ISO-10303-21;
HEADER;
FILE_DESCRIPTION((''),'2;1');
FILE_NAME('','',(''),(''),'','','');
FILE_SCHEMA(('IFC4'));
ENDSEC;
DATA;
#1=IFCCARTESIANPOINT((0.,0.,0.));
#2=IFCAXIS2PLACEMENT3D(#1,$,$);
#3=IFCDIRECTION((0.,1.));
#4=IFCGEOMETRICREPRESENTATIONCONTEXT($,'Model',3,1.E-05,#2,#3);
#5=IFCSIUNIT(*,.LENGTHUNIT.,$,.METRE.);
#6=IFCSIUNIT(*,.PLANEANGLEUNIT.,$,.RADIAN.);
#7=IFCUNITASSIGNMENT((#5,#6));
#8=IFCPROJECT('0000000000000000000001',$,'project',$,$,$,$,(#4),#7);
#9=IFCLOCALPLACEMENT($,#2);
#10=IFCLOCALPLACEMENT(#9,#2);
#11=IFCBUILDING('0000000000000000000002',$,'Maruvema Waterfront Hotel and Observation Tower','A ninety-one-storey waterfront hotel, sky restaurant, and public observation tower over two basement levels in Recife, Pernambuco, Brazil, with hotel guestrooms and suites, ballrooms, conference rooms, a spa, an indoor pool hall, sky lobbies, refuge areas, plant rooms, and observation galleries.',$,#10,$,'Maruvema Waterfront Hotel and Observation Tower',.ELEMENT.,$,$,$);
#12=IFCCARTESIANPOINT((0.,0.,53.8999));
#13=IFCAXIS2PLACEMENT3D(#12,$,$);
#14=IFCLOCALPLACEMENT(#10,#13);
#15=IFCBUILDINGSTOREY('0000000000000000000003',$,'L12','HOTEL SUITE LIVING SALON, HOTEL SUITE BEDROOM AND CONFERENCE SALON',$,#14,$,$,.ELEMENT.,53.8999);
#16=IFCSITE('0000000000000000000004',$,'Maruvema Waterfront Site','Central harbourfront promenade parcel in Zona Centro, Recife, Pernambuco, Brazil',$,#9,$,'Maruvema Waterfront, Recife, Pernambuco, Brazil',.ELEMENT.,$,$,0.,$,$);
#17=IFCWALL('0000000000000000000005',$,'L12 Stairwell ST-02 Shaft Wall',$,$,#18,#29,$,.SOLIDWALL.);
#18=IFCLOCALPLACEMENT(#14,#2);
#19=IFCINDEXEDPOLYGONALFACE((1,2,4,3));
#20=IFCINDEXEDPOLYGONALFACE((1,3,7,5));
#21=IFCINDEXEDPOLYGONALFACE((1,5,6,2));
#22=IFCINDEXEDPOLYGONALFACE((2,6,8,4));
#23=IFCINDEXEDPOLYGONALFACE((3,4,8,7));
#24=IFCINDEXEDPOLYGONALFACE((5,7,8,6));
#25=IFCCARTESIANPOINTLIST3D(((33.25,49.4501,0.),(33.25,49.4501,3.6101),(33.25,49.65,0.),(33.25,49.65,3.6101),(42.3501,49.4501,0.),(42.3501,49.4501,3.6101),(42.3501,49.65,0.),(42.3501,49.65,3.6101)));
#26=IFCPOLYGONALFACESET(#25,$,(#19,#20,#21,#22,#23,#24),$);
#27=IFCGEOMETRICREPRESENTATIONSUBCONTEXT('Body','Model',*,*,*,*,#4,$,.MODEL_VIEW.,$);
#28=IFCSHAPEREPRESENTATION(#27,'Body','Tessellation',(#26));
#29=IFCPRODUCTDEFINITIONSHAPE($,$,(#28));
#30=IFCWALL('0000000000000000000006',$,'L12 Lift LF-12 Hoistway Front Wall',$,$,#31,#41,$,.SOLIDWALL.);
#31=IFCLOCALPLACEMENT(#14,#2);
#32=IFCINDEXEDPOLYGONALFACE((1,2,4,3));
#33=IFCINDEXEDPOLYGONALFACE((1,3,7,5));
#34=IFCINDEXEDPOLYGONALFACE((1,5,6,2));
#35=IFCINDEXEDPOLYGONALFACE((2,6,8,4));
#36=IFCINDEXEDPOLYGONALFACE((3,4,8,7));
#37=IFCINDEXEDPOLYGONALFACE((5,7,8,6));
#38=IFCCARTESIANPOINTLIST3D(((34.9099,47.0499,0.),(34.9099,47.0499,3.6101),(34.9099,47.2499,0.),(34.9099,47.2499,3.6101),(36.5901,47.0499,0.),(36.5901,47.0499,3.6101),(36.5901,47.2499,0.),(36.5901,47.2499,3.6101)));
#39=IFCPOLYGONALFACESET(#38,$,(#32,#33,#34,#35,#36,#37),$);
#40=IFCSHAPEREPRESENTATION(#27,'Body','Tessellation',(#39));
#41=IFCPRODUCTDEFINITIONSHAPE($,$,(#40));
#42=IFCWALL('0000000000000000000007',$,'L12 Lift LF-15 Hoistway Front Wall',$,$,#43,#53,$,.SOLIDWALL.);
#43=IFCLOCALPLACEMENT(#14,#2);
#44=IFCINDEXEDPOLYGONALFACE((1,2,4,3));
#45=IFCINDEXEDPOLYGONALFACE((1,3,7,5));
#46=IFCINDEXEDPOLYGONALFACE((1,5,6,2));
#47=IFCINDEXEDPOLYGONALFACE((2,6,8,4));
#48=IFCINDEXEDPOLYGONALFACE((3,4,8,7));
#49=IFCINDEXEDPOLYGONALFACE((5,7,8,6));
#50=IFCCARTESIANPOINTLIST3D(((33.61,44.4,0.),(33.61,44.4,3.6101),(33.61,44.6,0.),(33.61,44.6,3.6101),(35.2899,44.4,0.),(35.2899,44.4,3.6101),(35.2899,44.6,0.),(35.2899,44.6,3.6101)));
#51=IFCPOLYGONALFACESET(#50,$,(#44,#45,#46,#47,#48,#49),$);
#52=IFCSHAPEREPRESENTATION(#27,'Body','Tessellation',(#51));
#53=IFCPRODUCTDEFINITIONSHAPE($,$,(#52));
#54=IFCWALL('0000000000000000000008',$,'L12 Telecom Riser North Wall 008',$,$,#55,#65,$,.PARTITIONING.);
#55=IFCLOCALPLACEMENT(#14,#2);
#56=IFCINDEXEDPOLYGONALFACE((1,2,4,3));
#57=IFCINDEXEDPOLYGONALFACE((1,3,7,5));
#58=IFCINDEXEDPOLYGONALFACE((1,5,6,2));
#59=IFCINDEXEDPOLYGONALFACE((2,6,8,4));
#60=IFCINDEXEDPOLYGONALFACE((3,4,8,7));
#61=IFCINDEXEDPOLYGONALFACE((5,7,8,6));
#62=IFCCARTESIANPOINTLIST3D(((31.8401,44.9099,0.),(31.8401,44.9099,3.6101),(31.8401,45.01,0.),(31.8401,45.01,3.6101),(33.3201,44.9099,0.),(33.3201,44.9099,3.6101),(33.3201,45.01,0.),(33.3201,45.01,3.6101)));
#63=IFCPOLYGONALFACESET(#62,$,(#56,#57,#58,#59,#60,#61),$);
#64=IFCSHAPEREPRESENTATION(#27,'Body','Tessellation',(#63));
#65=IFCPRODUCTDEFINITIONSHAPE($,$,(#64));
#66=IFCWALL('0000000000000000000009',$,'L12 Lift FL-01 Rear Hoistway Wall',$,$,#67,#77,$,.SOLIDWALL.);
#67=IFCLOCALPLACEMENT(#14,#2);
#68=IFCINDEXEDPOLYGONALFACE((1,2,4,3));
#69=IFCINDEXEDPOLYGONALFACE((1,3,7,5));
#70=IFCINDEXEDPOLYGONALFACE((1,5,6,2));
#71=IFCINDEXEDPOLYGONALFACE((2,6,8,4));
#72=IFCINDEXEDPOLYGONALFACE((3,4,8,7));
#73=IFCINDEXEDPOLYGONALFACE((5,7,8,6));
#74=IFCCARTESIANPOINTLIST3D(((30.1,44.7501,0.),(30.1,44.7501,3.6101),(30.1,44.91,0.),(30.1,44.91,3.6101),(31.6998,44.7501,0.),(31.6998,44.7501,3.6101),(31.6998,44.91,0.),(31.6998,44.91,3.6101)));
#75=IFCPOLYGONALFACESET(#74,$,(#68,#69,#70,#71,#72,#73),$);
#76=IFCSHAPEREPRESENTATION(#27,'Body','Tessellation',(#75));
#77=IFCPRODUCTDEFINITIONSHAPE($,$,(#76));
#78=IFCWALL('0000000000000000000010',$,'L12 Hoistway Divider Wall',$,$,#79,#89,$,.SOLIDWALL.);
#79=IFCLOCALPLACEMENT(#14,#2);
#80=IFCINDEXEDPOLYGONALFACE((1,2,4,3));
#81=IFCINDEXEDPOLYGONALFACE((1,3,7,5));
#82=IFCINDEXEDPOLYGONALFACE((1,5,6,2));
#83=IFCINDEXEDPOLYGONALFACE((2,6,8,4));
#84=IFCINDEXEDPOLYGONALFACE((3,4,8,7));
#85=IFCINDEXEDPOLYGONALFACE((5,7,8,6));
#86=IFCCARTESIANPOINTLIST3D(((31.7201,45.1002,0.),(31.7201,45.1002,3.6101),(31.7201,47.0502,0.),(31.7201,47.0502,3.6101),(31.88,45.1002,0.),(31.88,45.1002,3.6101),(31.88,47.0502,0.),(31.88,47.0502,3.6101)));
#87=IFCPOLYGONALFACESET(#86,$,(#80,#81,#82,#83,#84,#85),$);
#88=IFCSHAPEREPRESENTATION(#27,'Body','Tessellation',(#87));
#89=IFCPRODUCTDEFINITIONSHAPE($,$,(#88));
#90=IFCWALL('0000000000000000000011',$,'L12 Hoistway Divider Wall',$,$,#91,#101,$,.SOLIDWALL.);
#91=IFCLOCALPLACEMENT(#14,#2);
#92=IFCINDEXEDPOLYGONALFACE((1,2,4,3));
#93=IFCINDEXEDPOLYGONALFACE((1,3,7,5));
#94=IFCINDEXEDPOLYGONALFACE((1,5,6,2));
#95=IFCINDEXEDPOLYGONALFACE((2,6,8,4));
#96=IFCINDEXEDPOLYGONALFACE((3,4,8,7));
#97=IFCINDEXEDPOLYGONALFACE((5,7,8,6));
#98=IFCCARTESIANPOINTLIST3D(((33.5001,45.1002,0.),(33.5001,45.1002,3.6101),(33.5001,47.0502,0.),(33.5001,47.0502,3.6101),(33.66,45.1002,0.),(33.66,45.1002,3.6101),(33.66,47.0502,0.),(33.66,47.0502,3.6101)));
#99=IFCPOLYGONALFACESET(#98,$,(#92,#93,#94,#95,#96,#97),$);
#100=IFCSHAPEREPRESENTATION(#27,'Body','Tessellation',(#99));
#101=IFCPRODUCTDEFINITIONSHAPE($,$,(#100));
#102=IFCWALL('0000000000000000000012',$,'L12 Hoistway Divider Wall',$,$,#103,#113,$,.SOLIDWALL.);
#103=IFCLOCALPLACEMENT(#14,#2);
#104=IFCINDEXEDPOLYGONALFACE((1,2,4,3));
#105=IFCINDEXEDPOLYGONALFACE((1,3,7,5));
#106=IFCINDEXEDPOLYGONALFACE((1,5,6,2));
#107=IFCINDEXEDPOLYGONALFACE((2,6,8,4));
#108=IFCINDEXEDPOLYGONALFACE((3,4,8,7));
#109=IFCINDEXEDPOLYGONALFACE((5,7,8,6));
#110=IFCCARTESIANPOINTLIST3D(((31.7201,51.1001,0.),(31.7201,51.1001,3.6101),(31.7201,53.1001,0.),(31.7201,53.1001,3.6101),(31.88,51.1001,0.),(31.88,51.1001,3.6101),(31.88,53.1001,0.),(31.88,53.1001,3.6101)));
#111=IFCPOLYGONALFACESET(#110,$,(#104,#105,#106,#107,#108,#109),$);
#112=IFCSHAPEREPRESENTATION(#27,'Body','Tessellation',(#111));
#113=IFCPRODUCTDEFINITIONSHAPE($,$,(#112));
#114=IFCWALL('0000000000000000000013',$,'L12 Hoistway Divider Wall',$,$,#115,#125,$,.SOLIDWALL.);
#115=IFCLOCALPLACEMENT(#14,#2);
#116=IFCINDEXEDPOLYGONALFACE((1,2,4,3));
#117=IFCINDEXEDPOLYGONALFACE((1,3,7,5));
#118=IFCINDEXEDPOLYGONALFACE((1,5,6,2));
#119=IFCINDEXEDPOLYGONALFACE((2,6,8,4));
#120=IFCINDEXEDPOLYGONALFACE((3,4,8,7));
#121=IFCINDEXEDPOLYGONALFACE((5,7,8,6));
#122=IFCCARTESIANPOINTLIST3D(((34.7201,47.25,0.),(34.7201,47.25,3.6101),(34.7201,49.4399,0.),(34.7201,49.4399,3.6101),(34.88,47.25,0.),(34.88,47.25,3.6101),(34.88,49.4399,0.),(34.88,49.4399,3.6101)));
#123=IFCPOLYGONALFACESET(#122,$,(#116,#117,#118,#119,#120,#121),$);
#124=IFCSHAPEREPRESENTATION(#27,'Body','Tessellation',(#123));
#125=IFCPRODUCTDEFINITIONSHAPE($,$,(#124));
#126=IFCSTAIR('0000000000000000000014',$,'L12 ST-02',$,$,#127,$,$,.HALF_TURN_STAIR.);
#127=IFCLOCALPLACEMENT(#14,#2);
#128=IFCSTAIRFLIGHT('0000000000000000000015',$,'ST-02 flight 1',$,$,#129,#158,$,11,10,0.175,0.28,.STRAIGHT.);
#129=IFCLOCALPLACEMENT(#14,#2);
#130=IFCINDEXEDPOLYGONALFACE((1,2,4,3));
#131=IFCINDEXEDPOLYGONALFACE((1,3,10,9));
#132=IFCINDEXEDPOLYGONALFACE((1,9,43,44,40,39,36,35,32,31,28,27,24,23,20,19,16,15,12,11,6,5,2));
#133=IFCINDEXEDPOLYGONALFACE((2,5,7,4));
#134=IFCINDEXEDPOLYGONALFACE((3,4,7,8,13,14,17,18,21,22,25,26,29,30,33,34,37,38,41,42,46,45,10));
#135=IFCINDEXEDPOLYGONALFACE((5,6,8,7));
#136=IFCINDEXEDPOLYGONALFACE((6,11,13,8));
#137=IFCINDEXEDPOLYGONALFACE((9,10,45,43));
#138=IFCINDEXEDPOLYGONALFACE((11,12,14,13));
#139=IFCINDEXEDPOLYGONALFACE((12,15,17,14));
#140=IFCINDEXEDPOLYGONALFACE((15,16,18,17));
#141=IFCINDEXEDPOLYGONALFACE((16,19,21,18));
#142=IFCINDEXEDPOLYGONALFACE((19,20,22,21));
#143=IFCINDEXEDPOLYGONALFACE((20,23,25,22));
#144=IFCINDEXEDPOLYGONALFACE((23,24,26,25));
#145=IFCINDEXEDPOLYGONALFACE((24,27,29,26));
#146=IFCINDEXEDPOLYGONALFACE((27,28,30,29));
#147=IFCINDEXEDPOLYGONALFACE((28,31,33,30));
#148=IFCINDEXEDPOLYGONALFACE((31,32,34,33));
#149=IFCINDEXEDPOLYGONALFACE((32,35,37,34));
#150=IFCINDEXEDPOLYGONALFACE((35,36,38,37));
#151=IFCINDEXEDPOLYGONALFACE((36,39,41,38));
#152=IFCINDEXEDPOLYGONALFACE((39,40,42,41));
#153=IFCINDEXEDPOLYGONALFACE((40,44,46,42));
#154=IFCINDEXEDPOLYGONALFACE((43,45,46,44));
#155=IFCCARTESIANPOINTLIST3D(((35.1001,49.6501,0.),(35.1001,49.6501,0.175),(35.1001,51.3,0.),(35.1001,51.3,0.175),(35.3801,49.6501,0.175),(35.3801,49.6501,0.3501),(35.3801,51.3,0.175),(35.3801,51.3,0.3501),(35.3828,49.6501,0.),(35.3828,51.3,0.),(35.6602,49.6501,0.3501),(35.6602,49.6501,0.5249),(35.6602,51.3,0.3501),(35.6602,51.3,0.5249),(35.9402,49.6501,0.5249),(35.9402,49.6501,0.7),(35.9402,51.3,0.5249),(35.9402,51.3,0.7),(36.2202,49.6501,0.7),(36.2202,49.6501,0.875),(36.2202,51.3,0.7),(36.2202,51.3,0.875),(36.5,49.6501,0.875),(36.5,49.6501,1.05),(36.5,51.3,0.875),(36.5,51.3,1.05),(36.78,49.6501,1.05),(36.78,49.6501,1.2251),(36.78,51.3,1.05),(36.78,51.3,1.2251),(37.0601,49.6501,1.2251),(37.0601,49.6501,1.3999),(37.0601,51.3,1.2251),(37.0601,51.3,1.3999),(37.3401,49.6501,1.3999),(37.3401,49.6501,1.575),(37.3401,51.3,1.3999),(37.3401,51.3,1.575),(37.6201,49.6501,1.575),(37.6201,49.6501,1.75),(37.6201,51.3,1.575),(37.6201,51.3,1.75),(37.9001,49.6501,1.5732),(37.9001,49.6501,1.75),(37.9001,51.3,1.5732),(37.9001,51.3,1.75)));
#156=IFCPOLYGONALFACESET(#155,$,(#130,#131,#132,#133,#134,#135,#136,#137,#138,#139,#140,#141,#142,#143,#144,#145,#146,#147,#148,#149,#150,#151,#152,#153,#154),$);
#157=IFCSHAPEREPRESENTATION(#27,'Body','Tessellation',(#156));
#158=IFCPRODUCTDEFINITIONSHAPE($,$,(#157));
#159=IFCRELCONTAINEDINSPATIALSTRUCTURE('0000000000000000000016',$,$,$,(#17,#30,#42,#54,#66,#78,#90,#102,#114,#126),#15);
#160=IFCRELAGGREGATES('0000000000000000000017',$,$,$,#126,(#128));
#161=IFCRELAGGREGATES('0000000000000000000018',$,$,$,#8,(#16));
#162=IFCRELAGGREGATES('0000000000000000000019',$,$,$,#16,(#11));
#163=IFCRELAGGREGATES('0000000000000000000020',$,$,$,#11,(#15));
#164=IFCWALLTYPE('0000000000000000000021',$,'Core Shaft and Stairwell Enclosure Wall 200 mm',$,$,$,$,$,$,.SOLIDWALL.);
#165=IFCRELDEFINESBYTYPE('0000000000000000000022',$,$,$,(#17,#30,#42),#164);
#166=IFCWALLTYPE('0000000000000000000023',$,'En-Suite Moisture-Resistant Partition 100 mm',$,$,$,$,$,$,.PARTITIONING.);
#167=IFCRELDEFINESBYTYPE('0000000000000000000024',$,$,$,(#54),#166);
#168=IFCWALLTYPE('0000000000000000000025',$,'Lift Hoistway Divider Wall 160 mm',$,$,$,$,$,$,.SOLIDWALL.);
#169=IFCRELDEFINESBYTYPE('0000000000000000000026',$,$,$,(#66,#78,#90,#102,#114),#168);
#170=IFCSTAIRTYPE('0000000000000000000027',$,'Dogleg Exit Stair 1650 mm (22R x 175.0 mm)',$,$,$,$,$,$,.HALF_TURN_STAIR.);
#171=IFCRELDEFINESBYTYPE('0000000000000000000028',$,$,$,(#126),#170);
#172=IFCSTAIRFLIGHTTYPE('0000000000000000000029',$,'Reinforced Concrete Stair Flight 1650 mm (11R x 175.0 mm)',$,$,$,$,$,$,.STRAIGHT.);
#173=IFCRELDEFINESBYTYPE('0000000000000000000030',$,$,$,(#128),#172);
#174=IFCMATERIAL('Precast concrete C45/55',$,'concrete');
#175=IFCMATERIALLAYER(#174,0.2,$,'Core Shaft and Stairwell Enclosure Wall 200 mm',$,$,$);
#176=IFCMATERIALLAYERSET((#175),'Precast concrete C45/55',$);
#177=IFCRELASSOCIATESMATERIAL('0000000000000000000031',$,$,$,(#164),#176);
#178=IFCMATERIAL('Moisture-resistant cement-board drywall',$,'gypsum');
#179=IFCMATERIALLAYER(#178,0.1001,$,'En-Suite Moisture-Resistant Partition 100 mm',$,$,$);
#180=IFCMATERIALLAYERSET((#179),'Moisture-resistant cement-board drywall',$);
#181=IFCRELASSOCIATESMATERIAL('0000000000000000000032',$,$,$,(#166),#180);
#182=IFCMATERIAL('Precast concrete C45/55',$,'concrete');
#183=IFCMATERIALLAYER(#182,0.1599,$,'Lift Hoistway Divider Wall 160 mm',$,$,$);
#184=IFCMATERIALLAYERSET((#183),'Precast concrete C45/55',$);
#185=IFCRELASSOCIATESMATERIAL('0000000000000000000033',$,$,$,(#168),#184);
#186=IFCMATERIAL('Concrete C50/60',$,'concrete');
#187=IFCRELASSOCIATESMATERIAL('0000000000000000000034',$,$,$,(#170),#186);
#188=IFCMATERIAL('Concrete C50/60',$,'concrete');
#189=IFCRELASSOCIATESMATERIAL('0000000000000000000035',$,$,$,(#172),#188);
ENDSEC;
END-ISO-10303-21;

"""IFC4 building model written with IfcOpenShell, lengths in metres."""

from ifc_helpers import new_model, si_unit, direction, frame, frame_2d, origin, place, context, subcontext, project, spatial, polyline, rectangle, outline, extrude, material, layer, layer_set, type_object, element, aggregate, save


model = new_model("IFC4")

# Units and contexts
model_context = context("Model", 3, precision=1e-05, world=origin(), true_north=direction((0.0, 1.0)))
body_context = subcontext(model_context, "Body", "Model", "MODEL_VIEW")
ifc_project = project(units=[si_unit("LENGTHUNIT", "METRE"), si_unit("PLANEANGLEUNIT", "RADIAN")], contexts=[model_context])

# Site, building, storey
site_placement = place(None, origin())
site = spatial("IfcSite", under=ifc_project, at=site_placement, Name="Maruvema Waterfront Site", Description="Central harbourfront promenade parcel in Zona Centro, Recife, Pernambuco, Brazil", LongName="Maruvema Waterfront, Recife, Pernambuco, Brazil", CompositionType="ELEMENT", RefElevation=0.0)
building_placement = place(site_placement, origin())
building = spatial("IfcBuilding", under=site, at=building_placement, Name="Maruvema Waterfront Hotel and Observation Tower", Description="A ninety-one-storey waterfront hotel, sky restaurant, and public observation tower over two basement levels in Recife, Pernambuco, Brazil, with hotel guestrooms and suites, ballrooms, conference rooms, a spa, an indoor pool hall, sky lobbies, refuge areas, plant rooms, and observation galleries.", LongName="Maruvema Waterfront Hotel and Observation Tower", CompositionType="ELEMENT")
storey_placement = place(building_placement, frame((0.0, 0.0, 53.8999)))
storey = spatial("IfcBuildingStorey", under=building, at=storey_placement, Name="L12", Description="HOTEL SUITE LIVING SALON, HOTEL SUITE BEDROOM AND CONFERENCE SALON", CompositionType="ELEMENT", Elevation=53.8999)

# Wall
ifc_material_1 = material(Name="Precast concrete C45/55", Category="concrete")
ifc_layer_1 = layer(ifc_material_1, 0.2, Name="Core Shaft and Stairwell Enclosure Wall 200 mm")
ifc_layer_set_1 = layer_set([ifc_layer_1], Name="Precast concrete C45/55")
wall_type_1 = type_object("IfcWallType", Name="Core Shaft and Stairwell Enclosure Wall 200 mm", PredefinedType="SOLIDWALL", material=ifc_layer_set_1)
wall_1_placement = place(storey_placement, frame((33.25, 49.55, 0.0), z_axis=(0.0, 0.0, 1.0), x_axis=(1.0, 0.0, 0.0)))
element("IfcWall", 1, at=wall_1_placement, inside=storey, type_object=wall_type_1, Name="L12 Stairwell ST-02 Shaft Wall", PredefinedType="SOLIDWALL", context=body_context, shape_type="SweptSolid", body=[
    extrude(rectangle(XDim=9.1001, YDim=0.2, at=frame_2d((4.55, 0.0))), origin(), (0.0, 0.0, 1.0), 3.6101),
])

# Walls
wall_2_placement = place(storey_placement, frame((34.9099, 47.1499, 0.0), z_axis=(0.0, 0.0, 1.0), x_axis=(1.0, 0.0, 0.0)))
element("IfcWall", 2, at=wall_2_placement, inside=storey, type_object=wall_type_1, Name="L12 Lift LF-12 Hoistway Front Wall", PredefinedType="SOLIDWALL", context=body_context, shape_type="SweptSolid", body=[
    extrude(rectangle(XDim=1.6802, YDim=0.2, at=frame_2d((0.8401, 0.0))), origin(), (0.0, 0.0, 1.0), 3.6101),
])
wall_3_placement = place(storey_placement, frame((33.6101, 44.5, 0.0), z_axis=(0.0, 0.0, 1.0), x_axis=(1.0, 0.0, 0.0)))
element("IfcWall", 3, at=wall_3_placement, inside=storey, type_object=wall_type_1, Name="L12 Lift LF-15 Hoistway Front Wall", PredefinedType="SOLIDWALL", context=body_context, shape_type="SweptSolid", body=[
    extrude(rectangle(XDim=1.6799, YDim=0.2, at=frame_2d((0.8398, 0.0))), origin(), (0.0, 0.0, 1.0), 3.6101),
])
ifc_material_2 = material(Name="Moisture-resistant cement-board drywall", Category="gypsum")
ifc_layer_2 = layer(ifc_material_2, 0.1001, Name="En-Suite Moisture-Resistant Partition 100 mm")
ifc_layer_set_2 = layer_set([ifc_layer_2], Name="Moisture-resistant cement-board drywall")
wall_type_2 = type_object("IfcWallType", Name="En-Suite Moisture-Resistant Partition 100 mm", PredefinedType="PARTITIONING", material=ifc_layer_set_2)
wall_4_placement = place(storey_placement, frame((31.8401, 44.96, 0.0), z_axis=(0.0, 0.0, 1.0), x_axis=(1.0, 0.0, 0.0)))
element("IfcWall", 4, at=wall_4_placement, inside=storey, type_object=wall_type_2, Name="L12 Telecom Riser North Wall 008", PredefinedType="PARTITIONING", context=body_context, shape_type="SweptSolid", body=[
    extrude(rectangle(XDim=1.48, YDim=0.1001, at=frame_2d((0.74, 0.0))), origin(), (0.0, 0.0, 1.0), 3.6101),
])
ifc_material_3 = material(Name="Precast concrete C45/55", Category="concrete")
ifc_layer_3 = layer(ifc_material_3, 0.1599, Name="Lift Hoistway Divider Wall 160 mm")
ifc_layer_set_3 = layer_set([ifc_layer_3], Name="Precast concrete C45/55")
wall_type_3 = type_object("IfcWallType", Name="Lift Hoistway Divider Wall 160 mm", PredefinedType="SOLIDWALL", material=ifc_layer_set_3)
wall_5_placement = place(storey_placement, frame((30.1001, 44.8301, 0.0), z_axis=(0.0, 0.0, 1.0), x_axis=(1.0, 0.0, 0.0)))
element("IfcWall", 5, at=wall_5_placement, inside=storey, type_object=wall_type_3, Name="L12 Lift FL-01 Rear Hoistway Wall", PredefinedType="SOLIDWALL", context=body_context, shape_type="SweptSolid", body=[
    extrude(rectangle(XDim=1.5999, YDim=0.1599, at=frame_2d((0.7998, 0.0))), origin(), (0.0, 0.0, 1.0), 3.6101),
])
for number, where, z_axis, x_axis, name in (
    (6, (31.8, 45.1001, 0.0), (0.0, 0.0, 1.0), (0.0, 1.0, 0.0), "L12 Hoistway Divider Wall"),
    (7, (33.5801, 45.1001, 0.0), (0.0, 0.0, 1.0), (0.0, 1.0, 0.0), "L12 Hoistway Divider Wall"),
):
    element("IfcWall", number, at=place(storey_placement, frame(where, z_axis=z_axis, x_axis=x_axis)), inside=storey, type_object=wall_type_3, Name=name, PredefinedType="SOLIDWALL", context=body_context, shape_type="SweptSolid", body=[
        extrude(rectangle(XDim=1.95, YDim=0.1599, at=frame_2d((0.9751, 0.0))), origin(), (0.0, 0.0, 1.0), 3.6101),
    ])
wall_6_placement = place(storey_placement, frame((31.8, 51.1001, 0.0), z_axis=(0.0, 0.0, 1.0), x_axis=(0.0, 1.0, 0.0)))
element("IfcWall", 8, at=wall_6_placement, inside=storey, type_object=wall_type_3, Name="L12 Hoistway Divider Wall", PredefinedType="SOLIDWALL", context=body_context, shape_type="SweptSolid", body=[
    extrude(rectangle(XDim=2.0, YDim=0.1599, at=frame_2d((1.0, 0.0))), origin(), (0.0, 0.0, 1.0), 3.6101),
])
wall_7_placement = place(storey_placement, frame((34.8, 47.25, 0.0), z_axis=(0.0, 0.0, 1.0), x_axis=(0.0, 1.0, 0.0)))
element("IfcWall", 9, at=wall_7_placement, inside=storey, type_object=wall_type_3, Name="L12 Hoistway Divider Wall", PredefinedType="SOLIDWALL", context=body_context, shape_type="SweptSolid", body=[
    extrude(rectangle(XDim=2.1899, YDim=0.1599, at=frame_2d((1.095, 0.0))), origin(), (0.0, 0.0, 1.0), 3.6101),
])

# Stair, stair flight
ifc_material_4 = material(Name="Concrete C50/60", Category="concrete")
stair_type = type_object("IfcStairType", Name="Dogleg Exit Stair 1650 mm (22R x 175.0 mm)", PredefinedType="HALF_TURN_STAIR", material=ifc_material_4)
stair_placement = place(storey_placement, origin())
stair = element("IfcStair", 10, at=stair_placement, inside=storey, type_object=stair_type, Name="L12 ST-02", PredefinedType="HALF_TURN_STAIR")
ifc_material_5 = material(Name="Concrete C50/60", Category="concrete")
stair_flight_type = type_object("IfcStairFlightType", Name="Reinforced Concrete Stair Flight 1650 mm (11R x 175.0 mm)", PredefinedType="STRAIGHT", material=ifc_material_5)
stair_flight_placement = place(storey_placement, frame((35.1001, 50.4751, 0.0), z_axis=(0.0, 0.0, 1.0), x_axis=(1.0, 0.0, 0.0)))
stair_flight = element("IfcStairFlight", 11, at=stair_flight_placement, type_object=stair_flight_type, Name="ST-02 flight 1", NumberOfRisers=11, NumberOfTreads=10, PredefinedType="STRAIGHT", RiserHeight=0.175, TreadLength=0.28, context=body_context, shape_type="SweptSolid", body=[
    extrude(outline(polyline([(0.0, 0.0), (0.0, 0.175), (0.28, 0.175), (0.28, 0.3501), (0.5601, 0.3501), (0.5601, 0.5249), (0.8401, 0.5249), (0.8401, 0.7), (1.1201, 0.7), (1.1201, 0.875), (1.3999, 0.875), (1.3999, 1.05), (1.6799, 1.05), (1.6799, 1.2251), (1.96, 1.2251), (1.96, 1.3999), (2.24, 1.3999), (2.24, 1.575), (2.52, 1.575), (2.52, 1.75), (2.8, 1.75), (2.8, 1.925), (2.8, 1.5732), (0.2827, 0.0), (0.0, 0.0)])), frame((0.0, 0.825, 0.0), z_axis=(0.0, -1.0, 0.0), x_axis=(1.0, 0.0, 0.0)), (0.0, 0.0, 1.0), 1.6499),
])
aggregate(stair, [stair_flight])

save(model, "model.ifc")
